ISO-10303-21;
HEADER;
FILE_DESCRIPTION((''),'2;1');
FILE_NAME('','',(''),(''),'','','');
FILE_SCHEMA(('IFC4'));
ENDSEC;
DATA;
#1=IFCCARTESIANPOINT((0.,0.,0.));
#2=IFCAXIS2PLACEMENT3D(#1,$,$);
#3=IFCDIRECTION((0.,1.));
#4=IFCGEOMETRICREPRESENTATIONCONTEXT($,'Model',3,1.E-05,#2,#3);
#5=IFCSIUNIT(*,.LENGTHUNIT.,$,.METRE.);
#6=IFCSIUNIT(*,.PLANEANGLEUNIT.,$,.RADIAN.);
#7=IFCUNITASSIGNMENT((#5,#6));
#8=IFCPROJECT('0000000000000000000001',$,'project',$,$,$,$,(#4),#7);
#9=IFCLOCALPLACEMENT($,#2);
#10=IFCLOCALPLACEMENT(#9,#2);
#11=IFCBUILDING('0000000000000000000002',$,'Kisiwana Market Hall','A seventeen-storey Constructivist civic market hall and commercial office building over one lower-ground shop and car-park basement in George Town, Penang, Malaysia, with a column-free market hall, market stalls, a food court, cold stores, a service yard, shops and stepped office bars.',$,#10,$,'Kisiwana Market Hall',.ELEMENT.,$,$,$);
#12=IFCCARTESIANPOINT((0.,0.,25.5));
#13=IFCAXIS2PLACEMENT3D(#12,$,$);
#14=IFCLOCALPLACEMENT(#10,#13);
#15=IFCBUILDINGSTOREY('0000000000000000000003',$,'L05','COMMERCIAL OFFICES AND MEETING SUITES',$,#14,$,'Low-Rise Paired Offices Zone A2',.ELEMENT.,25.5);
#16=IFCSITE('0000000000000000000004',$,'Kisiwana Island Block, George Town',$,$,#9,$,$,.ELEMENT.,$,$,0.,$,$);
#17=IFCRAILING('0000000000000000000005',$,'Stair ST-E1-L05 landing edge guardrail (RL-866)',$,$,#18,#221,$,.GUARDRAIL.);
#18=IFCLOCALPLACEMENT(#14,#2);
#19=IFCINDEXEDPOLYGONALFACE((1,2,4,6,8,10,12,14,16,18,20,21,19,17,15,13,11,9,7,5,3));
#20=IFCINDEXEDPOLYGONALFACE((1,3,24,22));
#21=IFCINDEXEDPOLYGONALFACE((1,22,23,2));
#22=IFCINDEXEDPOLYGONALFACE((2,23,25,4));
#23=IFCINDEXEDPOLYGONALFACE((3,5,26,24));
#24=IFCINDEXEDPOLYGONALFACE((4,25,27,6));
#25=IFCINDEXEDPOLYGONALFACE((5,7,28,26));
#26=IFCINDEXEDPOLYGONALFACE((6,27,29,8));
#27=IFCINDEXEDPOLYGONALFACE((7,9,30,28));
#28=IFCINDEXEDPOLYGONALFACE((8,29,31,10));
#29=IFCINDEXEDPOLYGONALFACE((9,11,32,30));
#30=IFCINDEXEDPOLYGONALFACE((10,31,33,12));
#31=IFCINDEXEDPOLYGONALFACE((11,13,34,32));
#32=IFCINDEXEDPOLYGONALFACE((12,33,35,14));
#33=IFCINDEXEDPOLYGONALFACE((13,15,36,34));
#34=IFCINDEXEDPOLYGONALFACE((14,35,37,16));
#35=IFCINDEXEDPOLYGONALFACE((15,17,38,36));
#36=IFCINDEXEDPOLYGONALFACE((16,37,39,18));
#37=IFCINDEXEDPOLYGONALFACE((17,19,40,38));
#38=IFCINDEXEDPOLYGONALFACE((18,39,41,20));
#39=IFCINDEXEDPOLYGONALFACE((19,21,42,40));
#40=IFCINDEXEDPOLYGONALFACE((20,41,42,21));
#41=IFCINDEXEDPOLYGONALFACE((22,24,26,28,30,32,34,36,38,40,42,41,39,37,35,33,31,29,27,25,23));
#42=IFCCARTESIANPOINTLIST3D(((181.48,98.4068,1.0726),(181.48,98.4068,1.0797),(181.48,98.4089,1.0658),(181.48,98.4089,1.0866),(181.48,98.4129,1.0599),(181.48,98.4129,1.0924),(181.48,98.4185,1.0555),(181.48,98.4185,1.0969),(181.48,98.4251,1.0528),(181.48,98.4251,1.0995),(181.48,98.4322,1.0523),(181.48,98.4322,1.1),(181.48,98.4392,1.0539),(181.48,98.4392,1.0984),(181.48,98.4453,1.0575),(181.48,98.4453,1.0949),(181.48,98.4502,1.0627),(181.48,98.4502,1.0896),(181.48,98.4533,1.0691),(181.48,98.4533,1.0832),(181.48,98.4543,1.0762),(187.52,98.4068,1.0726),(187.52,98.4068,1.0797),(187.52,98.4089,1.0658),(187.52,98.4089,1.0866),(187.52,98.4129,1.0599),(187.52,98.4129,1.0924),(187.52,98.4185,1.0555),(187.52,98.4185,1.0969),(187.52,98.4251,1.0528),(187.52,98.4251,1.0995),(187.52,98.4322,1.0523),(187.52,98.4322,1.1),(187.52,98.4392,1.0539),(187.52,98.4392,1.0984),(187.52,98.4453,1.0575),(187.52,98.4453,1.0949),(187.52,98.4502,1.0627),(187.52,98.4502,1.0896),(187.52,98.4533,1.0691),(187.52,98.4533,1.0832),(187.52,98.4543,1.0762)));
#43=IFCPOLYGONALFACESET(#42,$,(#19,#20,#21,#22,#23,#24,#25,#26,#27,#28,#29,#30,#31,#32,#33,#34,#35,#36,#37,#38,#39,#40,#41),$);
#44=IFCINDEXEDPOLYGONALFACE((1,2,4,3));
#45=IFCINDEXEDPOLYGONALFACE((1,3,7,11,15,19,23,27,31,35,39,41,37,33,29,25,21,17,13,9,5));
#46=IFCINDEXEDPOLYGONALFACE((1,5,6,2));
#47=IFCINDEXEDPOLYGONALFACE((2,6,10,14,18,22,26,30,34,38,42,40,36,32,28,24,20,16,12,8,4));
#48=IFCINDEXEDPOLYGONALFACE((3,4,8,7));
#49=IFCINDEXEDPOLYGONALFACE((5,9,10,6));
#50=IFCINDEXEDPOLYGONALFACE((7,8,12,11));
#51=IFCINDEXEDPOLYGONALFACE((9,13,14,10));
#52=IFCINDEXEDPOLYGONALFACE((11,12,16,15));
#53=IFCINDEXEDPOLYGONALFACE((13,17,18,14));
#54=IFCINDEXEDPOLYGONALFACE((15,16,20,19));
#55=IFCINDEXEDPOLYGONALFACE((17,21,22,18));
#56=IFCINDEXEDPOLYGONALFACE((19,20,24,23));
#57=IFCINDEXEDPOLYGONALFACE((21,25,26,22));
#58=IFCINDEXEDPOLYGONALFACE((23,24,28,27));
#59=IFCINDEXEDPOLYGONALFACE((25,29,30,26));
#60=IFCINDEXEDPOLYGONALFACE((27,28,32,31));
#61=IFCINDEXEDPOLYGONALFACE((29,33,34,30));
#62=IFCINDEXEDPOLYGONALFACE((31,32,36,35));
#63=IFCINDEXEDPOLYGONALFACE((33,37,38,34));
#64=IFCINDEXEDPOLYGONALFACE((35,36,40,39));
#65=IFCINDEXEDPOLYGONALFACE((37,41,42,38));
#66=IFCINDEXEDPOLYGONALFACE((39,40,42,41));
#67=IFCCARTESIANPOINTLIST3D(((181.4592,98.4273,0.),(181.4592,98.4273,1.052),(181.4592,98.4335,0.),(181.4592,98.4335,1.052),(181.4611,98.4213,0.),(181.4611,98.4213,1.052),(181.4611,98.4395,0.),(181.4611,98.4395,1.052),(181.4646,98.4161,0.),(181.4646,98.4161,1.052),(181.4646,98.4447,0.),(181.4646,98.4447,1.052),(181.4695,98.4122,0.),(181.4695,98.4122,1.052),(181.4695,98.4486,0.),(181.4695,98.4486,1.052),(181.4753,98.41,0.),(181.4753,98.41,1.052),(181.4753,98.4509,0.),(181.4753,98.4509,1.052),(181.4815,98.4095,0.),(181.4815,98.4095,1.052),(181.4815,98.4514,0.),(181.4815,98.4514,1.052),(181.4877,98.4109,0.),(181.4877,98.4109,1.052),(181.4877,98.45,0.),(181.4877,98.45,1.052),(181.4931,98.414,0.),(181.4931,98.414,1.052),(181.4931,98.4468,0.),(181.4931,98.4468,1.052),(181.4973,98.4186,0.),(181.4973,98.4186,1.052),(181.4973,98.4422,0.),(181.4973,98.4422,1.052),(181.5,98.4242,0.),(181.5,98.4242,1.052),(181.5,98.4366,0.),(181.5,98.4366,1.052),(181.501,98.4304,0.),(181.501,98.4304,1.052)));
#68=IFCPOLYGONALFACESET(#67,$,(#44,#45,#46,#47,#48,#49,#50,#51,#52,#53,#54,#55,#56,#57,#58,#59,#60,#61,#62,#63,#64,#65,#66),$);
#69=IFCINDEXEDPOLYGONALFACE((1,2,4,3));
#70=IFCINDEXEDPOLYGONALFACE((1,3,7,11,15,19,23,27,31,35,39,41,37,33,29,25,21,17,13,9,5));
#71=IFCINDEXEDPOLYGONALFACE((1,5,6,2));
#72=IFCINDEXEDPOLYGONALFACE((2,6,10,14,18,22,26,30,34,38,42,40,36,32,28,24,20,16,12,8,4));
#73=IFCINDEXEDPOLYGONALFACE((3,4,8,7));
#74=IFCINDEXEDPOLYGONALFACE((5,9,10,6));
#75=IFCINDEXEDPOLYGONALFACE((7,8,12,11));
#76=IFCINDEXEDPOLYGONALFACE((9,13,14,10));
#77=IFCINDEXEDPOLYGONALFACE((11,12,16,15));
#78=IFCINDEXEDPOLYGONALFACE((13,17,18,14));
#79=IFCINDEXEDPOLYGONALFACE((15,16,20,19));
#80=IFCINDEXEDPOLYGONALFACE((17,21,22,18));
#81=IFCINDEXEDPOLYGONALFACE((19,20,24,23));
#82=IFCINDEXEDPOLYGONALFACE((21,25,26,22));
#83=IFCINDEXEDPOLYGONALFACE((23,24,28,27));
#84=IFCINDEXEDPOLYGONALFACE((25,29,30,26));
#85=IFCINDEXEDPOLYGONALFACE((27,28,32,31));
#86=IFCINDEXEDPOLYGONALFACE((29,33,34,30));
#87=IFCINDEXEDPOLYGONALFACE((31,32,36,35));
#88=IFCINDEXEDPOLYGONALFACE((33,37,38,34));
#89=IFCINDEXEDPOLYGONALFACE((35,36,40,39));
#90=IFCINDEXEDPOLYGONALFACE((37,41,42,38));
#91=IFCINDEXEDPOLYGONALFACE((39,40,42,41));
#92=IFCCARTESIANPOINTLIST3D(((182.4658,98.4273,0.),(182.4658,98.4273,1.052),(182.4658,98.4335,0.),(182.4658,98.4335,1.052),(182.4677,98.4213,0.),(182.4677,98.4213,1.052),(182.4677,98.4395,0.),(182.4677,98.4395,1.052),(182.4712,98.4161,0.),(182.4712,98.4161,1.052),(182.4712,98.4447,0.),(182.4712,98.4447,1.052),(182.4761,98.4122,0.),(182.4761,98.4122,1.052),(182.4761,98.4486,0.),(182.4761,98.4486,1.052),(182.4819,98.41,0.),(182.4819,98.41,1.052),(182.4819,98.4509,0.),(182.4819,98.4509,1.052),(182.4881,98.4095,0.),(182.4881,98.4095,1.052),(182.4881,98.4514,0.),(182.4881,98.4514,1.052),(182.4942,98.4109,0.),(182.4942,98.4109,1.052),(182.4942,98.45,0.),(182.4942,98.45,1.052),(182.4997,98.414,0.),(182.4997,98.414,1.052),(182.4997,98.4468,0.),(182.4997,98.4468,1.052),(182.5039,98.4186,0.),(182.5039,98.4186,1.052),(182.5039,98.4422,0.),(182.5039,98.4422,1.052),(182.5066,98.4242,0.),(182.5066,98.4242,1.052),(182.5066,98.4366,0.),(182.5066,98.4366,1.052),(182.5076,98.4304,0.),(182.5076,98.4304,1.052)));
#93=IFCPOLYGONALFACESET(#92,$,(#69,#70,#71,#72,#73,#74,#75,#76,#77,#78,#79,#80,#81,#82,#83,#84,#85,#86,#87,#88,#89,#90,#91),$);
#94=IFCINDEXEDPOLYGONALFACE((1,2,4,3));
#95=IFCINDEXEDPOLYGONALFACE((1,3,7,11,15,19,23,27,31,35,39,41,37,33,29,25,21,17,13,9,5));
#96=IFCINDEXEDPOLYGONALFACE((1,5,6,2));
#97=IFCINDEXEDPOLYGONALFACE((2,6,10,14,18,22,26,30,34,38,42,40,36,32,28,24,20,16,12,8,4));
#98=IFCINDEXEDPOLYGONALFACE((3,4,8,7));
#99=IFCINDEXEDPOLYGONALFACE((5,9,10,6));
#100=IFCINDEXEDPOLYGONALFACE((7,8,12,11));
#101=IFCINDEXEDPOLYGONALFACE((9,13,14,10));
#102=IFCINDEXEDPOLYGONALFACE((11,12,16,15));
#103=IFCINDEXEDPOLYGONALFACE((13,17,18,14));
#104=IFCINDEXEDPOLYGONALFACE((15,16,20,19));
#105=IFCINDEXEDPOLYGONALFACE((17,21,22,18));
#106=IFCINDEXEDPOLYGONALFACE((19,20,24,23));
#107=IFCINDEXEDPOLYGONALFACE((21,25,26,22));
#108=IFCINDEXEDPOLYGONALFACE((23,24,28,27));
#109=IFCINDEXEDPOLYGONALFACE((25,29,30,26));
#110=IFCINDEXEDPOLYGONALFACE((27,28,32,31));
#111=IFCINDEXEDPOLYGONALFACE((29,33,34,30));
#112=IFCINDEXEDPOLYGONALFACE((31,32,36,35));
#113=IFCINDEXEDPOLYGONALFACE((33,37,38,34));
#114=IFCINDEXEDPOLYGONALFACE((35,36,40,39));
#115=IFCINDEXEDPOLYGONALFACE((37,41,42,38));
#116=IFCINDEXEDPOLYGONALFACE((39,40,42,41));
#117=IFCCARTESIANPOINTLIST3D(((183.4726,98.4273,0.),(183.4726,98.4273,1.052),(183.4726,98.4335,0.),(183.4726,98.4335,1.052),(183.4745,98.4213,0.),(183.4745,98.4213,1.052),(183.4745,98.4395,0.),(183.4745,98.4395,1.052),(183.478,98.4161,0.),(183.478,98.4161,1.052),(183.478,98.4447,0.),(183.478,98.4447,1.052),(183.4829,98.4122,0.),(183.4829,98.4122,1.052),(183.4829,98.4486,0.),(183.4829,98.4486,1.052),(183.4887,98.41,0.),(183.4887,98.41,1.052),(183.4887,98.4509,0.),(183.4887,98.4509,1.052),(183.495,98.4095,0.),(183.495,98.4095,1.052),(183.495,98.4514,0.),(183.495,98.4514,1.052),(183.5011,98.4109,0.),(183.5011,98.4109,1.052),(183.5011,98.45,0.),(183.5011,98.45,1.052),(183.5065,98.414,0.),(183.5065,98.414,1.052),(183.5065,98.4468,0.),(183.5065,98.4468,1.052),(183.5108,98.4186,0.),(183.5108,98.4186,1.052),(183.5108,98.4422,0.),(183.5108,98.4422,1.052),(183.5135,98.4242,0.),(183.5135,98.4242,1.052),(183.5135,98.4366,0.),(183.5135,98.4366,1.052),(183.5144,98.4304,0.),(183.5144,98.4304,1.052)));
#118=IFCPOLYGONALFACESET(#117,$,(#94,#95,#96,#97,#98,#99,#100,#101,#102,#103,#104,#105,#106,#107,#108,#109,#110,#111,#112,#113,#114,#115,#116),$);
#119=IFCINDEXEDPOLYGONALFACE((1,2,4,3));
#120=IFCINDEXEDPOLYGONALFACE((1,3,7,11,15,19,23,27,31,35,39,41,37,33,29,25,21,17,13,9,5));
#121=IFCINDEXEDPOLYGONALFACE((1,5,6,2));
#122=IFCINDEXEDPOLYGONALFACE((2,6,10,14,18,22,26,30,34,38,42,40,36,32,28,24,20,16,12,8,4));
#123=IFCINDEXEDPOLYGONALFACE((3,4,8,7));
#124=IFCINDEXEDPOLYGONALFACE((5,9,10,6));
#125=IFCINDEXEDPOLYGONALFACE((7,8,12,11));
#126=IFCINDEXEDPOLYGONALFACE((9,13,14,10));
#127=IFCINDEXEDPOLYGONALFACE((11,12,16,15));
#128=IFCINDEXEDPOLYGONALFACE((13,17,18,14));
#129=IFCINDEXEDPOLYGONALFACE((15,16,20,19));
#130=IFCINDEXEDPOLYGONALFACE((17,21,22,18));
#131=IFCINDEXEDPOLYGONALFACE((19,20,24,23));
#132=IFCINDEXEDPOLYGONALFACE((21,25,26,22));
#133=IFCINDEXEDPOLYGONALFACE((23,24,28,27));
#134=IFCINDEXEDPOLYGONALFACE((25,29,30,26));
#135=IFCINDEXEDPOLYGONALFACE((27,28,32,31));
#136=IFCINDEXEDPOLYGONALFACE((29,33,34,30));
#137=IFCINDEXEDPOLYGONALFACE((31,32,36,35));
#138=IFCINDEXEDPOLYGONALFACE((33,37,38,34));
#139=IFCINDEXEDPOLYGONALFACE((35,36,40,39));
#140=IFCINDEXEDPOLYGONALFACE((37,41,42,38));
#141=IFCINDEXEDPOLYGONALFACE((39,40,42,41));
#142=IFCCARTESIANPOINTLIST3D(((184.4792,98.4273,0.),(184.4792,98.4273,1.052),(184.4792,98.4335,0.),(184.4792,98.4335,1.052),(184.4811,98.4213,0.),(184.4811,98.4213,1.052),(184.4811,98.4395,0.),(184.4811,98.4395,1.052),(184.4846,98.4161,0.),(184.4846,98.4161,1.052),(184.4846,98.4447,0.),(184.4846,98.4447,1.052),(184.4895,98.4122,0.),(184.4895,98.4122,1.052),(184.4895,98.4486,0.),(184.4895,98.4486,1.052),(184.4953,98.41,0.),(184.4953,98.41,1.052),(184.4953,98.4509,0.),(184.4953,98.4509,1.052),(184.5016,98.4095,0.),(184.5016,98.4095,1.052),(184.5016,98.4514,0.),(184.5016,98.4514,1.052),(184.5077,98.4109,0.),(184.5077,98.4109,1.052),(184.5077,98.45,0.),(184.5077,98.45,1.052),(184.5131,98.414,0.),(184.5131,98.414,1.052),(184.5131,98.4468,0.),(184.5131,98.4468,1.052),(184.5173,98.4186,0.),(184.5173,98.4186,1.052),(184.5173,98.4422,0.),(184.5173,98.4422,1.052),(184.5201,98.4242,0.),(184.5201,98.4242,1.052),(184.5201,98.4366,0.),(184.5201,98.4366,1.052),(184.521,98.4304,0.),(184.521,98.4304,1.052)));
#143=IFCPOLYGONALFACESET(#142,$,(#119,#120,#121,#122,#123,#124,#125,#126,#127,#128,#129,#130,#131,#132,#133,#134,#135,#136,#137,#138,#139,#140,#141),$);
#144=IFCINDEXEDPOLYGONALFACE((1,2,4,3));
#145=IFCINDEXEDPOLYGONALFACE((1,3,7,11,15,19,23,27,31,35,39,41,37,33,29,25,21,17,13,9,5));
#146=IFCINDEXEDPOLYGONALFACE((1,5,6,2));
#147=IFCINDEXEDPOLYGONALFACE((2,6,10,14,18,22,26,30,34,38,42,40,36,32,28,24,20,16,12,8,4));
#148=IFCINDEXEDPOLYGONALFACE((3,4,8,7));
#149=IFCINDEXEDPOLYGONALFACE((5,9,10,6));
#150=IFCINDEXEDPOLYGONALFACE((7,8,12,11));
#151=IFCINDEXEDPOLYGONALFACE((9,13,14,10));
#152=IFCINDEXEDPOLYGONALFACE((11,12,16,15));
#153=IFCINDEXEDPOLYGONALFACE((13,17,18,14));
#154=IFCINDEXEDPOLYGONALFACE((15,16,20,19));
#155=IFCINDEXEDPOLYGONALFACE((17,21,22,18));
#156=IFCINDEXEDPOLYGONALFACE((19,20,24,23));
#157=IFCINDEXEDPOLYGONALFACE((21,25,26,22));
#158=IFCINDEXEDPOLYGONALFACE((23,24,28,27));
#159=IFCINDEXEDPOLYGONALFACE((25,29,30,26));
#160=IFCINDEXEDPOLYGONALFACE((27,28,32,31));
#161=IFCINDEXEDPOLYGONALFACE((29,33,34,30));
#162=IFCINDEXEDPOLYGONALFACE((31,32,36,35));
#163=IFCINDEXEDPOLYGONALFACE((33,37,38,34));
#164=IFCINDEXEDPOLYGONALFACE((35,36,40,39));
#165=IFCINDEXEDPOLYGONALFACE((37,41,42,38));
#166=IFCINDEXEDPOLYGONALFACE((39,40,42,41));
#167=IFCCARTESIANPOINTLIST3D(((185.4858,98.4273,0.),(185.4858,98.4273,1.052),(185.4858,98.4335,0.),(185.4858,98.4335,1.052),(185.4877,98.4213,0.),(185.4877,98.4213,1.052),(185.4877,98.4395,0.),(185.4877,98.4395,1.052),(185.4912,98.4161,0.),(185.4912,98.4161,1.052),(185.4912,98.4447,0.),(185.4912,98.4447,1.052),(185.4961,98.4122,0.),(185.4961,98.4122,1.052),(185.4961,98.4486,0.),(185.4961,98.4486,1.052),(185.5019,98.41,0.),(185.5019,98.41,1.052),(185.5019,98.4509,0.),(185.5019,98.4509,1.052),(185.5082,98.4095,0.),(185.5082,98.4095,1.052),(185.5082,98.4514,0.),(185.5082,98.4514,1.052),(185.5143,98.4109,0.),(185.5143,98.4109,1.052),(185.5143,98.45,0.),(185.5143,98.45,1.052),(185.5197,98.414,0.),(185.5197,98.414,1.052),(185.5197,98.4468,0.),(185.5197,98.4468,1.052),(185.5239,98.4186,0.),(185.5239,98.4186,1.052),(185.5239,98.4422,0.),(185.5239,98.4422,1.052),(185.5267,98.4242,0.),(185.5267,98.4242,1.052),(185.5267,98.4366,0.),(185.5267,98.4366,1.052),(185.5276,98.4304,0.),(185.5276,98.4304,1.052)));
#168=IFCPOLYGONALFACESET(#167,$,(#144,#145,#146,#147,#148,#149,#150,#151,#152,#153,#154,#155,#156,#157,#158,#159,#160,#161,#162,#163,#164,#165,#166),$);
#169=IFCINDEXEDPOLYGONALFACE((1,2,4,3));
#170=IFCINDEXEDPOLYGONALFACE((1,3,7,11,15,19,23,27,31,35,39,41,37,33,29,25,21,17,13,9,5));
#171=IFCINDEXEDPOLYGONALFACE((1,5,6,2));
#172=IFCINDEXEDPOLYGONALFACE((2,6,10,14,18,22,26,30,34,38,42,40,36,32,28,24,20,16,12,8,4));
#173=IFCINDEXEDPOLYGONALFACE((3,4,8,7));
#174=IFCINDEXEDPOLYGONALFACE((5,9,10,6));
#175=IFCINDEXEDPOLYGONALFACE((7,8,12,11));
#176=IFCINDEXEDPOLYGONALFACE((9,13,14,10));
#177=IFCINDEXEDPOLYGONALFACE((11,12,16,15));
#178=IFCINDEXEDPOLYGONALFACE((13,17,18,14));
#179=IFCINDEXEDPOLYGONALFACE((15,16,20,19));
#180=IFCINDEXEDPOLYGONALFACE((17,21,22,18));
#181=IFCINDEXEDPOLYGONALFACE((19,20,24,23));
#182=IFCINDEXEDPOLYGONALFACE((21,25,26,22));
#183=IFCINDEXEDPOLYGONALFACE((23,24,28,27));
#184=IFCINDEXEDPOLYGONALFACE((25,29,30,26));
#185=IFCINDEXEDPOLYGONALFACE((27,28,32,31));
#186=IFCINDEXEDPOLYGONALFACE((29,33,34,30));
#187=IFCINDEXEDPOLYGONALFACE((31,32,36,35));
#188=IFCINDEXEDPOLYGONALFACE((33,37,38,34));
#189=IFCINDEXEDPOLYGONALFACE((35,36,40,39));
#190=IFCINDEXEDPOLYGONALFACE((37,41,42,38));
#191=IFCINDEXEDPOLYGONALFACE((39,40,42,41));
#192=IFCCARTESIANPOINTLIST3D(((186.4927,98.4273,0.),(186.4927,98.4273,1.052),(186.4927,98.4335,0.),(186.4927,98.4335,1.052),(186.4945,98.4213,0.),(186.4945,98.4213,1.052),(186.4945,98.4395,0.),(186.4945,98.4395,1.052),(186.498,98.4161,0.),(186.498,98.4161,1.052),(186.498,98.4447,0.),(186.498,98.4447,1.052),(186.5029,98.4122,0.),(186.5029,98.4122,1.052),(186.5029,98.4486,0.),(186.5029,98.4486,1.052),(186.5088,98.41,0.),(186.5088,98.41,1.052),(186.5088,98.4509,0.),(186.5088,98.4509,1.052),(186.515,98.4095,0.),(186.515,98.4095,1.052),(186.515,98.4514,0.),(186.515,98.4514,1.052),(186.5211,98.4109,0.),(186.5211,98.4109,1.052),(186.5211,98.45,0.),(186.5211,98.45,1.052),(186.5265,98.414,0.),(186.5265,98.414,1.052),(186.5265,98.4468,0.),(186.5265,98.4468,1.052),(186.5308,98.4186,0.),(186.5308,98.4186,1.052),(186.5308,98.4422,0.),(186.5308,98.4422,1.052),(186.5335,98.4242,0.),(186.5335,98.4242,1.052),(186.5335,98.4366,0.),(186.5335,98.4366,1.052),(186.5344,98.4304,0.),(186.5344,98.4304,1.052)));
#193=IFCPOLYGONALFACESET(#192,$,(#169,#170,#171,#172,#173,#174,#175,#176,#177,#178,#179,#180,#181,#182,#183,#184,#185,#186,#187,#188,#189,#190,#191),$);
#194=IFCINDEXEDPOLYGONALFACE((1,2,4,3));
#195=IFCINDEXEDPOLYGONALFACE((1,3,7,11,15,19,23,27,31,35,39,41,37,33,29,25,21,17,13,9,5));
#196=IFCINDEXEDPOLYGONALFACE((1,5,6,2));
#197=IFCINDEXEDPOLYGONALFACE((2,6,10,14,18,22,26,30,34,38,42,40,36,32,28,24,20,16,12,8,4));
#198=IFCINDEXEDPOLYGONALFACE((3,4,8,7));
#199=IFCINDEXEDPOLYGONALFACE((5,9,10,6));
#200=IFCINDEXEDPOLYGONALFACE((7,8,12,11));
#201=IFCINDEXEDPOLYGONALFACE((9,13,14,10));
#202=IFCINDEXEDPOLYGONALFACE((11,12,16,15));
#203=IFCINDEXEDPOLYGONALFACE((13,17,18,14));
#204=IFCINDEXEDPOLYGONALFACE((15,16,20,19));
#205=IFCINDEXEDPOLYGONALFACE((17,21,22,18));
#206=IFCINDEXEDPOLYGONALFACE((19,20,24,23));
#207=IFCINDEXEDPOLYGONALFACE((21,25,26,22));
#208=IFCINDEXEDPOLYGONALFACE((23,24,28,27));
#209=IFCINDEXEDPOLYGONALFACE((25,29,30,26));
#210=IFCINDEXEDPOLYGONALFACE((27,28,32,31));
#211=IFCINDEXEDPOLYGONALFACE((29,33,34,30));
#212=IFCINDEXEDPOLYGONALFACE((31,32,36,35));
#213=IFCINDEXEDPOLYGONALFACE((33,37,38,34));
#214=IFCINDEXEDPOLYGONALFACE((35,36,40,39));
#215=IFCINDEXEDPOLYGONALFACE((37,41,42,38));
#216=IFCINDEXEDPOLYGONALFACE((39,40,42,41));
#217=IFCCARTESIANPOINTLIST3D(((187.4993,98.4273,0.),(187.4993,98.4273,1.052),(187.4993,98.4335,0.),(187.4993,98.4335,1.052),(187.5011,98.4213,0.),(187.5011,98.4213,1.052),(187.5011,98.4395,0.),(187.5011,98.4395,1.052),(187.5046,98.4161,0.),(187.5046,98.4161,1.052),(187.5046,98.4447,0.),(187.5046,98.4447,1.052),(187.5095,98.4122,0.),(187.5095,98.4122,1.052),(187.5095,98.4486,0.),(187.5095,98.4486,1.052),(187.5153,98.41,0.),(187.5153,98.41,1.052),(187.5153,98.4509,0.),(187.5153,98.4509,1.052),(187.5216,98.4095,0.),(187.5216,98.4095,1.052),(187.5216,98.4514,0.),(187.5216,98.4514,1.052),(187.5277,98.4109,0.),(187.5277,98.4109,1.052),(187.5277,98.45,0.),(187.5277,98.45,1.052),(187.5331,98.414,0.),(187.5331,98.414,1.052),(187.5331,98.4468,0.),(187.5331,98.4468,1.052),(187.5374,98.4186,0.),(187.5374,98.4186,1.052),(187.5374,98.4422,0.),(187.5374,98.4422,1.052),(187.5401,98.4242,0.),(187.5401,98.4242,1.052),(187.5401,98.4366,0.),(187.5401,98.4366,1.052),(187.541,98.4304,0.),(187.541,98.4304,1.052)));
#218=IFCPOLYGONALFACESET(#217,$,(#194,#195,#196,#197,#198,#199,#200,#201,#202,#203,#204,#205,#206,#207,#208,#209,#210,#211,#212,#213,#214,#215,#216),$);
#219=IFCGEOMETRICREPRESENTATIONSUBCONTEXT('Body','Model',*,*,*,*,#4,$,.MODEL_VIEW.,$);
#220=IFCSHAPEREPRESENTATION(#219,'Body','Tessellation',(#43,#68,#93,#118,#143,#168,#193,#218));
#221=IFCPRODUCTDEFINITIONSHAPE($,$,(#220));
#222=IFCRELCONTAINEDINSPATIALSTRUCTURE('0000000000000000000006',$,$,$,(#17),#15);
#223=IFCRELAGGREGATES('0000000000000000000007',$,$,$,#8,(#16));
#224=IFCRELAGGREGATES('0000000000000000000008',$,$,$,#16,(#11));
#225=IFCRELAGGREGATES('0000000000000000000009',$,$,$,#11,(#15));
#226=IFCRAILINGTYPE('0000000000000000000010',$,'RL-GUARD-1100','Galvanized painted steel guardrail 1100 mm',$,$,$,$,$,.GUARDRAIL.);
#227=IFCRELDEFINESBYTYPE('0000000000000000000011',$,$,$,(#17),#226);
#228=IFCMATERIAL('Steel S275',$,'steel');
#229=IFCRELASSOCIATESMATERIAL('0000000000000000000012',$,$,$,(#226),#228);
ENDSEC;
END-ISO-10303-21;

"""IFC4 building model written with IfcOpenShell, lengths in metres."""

from ifc_helpers import new_model, si_unit, direction, frame, origin, origin_2d, place, context, subcontext, project, spatial, circle, extrude, material, type_object, element, save


model = new_model("IFC4")

# Units and contexts
model_context = context("Model", 3, precision=1e-05, world=origin(), true_north=direction((0.0, 1.0)))
body_context = subcontext(model_context, "Body", "Model", "MODEL_VIEW")
ifc_project = project(units=[si_unit("LENGTHUNIT", "METRE"), si_unit("PLANEANGLEUNIT", "RADIAN")], contexts=[model_context])

# Site, building, storey
site_placement = place(None, origin())
site = spatial("IfcSite", under=ifc_project, at=site_placement, Name="Kisiwana Island Block, George Town", CompositionType="ELEMENT", RefElevation=0.0)
building_placement = place(site_placement, origin())
building = spatial("IfcBuilding", under=site, at=building_placement, Name="Kisiwana Market Hall", Description="A seventeen-storey Constructivist civic market hall and commercial office building over one lower-ground shop and car-park basement in George Town, Penang, Malaysia, with a column-free market hall, market stalls, a food court, cold stores, a service yard, shops and stepped office bars.", LongName="Kisiwana Market Hall", CompositionType="ELEMENT")
storey_placement = place(building_placement, frame((0.0, 0.0, 25.5)))
storey = spatial("IfcBuildingStorey", under=building, at=storey_placement, Name="L05", Description="COMMERCIAL OFFICES AND MEETING SUITES", LongName="Low-Rise Paired Offices Zone A2", CompositionType="ELEMENT", Elevation=25.5)

# Railing
ifc_material_1 = material(Name="Steel S275", Category="steel")
railing_type_1 = type_object("IfcRailingType", Name="RL-GUARD-1100", Description="Galvanized painted steel guardrail 1100 mm", PredefinedType="GUARDRAIL", material=ifc_material_1)
railing_1_placement = place(storey_placement, frame((181.48, 98.4304, 0.0)))
element("IfcRailing", 1, at=railing_1_placement, inside=storey, type_object=railing_type_1, Name="Stair ST-E1-L05 landing edge guardrail (RL-866)", PredefinedType="GUARDRAIL", context=body_context, shape_type="SweptSolid", body=[
    extrude(circle(Radius=0.0239, at=origin_2d()), frame((0.0, 0.0, 1.0762), z_axis=(1.0, 0.0, 0.0), x_axis=(0.0, 1.0, 0.0)), (0.0, 0.0, 1.0), 6.04),
    extrude(circle(Radius=0.021, at=origin_2d()), origin(), (0.0, 0.0, 1.0), 1.052),
    extrude(circle(Radius=0.021, at=origin_2d()), frame((1.0066, 0.0, 0.0)), (0.0, 0.0, 1.0), 1.052),
    extrude(circle(Radius=0.021, at=origin_2d()), frame((2.0134, 0.0, 0.0)), (0.0, 0.0, 1.0), 1.052),
    extrude(circle(Radius=0.021, at=origin_2d()), frame((3.02, 0.0, 0.0)), (0.0, 0.0, 1.0), 1.052),
    extrude(circle(Radius=0.021, at=origin_2d()), frame((4.0266, 0.0, 0.0)), (0.0, 0.0, 1.0), 1.052),
    extrude(circle(Radius=0.021, at=origin_2d()), frame((5.0334, 0.0, 0.0)), (0.0, 0.0, 1.0), 1.052),
    extrude(circle(Radius=0.021, at=origin_2d()), frame((6.04, 0.0, 0.0)), (0.0, 0.0, 1.0), 1.052),
])

save(model, "model.ifc")
